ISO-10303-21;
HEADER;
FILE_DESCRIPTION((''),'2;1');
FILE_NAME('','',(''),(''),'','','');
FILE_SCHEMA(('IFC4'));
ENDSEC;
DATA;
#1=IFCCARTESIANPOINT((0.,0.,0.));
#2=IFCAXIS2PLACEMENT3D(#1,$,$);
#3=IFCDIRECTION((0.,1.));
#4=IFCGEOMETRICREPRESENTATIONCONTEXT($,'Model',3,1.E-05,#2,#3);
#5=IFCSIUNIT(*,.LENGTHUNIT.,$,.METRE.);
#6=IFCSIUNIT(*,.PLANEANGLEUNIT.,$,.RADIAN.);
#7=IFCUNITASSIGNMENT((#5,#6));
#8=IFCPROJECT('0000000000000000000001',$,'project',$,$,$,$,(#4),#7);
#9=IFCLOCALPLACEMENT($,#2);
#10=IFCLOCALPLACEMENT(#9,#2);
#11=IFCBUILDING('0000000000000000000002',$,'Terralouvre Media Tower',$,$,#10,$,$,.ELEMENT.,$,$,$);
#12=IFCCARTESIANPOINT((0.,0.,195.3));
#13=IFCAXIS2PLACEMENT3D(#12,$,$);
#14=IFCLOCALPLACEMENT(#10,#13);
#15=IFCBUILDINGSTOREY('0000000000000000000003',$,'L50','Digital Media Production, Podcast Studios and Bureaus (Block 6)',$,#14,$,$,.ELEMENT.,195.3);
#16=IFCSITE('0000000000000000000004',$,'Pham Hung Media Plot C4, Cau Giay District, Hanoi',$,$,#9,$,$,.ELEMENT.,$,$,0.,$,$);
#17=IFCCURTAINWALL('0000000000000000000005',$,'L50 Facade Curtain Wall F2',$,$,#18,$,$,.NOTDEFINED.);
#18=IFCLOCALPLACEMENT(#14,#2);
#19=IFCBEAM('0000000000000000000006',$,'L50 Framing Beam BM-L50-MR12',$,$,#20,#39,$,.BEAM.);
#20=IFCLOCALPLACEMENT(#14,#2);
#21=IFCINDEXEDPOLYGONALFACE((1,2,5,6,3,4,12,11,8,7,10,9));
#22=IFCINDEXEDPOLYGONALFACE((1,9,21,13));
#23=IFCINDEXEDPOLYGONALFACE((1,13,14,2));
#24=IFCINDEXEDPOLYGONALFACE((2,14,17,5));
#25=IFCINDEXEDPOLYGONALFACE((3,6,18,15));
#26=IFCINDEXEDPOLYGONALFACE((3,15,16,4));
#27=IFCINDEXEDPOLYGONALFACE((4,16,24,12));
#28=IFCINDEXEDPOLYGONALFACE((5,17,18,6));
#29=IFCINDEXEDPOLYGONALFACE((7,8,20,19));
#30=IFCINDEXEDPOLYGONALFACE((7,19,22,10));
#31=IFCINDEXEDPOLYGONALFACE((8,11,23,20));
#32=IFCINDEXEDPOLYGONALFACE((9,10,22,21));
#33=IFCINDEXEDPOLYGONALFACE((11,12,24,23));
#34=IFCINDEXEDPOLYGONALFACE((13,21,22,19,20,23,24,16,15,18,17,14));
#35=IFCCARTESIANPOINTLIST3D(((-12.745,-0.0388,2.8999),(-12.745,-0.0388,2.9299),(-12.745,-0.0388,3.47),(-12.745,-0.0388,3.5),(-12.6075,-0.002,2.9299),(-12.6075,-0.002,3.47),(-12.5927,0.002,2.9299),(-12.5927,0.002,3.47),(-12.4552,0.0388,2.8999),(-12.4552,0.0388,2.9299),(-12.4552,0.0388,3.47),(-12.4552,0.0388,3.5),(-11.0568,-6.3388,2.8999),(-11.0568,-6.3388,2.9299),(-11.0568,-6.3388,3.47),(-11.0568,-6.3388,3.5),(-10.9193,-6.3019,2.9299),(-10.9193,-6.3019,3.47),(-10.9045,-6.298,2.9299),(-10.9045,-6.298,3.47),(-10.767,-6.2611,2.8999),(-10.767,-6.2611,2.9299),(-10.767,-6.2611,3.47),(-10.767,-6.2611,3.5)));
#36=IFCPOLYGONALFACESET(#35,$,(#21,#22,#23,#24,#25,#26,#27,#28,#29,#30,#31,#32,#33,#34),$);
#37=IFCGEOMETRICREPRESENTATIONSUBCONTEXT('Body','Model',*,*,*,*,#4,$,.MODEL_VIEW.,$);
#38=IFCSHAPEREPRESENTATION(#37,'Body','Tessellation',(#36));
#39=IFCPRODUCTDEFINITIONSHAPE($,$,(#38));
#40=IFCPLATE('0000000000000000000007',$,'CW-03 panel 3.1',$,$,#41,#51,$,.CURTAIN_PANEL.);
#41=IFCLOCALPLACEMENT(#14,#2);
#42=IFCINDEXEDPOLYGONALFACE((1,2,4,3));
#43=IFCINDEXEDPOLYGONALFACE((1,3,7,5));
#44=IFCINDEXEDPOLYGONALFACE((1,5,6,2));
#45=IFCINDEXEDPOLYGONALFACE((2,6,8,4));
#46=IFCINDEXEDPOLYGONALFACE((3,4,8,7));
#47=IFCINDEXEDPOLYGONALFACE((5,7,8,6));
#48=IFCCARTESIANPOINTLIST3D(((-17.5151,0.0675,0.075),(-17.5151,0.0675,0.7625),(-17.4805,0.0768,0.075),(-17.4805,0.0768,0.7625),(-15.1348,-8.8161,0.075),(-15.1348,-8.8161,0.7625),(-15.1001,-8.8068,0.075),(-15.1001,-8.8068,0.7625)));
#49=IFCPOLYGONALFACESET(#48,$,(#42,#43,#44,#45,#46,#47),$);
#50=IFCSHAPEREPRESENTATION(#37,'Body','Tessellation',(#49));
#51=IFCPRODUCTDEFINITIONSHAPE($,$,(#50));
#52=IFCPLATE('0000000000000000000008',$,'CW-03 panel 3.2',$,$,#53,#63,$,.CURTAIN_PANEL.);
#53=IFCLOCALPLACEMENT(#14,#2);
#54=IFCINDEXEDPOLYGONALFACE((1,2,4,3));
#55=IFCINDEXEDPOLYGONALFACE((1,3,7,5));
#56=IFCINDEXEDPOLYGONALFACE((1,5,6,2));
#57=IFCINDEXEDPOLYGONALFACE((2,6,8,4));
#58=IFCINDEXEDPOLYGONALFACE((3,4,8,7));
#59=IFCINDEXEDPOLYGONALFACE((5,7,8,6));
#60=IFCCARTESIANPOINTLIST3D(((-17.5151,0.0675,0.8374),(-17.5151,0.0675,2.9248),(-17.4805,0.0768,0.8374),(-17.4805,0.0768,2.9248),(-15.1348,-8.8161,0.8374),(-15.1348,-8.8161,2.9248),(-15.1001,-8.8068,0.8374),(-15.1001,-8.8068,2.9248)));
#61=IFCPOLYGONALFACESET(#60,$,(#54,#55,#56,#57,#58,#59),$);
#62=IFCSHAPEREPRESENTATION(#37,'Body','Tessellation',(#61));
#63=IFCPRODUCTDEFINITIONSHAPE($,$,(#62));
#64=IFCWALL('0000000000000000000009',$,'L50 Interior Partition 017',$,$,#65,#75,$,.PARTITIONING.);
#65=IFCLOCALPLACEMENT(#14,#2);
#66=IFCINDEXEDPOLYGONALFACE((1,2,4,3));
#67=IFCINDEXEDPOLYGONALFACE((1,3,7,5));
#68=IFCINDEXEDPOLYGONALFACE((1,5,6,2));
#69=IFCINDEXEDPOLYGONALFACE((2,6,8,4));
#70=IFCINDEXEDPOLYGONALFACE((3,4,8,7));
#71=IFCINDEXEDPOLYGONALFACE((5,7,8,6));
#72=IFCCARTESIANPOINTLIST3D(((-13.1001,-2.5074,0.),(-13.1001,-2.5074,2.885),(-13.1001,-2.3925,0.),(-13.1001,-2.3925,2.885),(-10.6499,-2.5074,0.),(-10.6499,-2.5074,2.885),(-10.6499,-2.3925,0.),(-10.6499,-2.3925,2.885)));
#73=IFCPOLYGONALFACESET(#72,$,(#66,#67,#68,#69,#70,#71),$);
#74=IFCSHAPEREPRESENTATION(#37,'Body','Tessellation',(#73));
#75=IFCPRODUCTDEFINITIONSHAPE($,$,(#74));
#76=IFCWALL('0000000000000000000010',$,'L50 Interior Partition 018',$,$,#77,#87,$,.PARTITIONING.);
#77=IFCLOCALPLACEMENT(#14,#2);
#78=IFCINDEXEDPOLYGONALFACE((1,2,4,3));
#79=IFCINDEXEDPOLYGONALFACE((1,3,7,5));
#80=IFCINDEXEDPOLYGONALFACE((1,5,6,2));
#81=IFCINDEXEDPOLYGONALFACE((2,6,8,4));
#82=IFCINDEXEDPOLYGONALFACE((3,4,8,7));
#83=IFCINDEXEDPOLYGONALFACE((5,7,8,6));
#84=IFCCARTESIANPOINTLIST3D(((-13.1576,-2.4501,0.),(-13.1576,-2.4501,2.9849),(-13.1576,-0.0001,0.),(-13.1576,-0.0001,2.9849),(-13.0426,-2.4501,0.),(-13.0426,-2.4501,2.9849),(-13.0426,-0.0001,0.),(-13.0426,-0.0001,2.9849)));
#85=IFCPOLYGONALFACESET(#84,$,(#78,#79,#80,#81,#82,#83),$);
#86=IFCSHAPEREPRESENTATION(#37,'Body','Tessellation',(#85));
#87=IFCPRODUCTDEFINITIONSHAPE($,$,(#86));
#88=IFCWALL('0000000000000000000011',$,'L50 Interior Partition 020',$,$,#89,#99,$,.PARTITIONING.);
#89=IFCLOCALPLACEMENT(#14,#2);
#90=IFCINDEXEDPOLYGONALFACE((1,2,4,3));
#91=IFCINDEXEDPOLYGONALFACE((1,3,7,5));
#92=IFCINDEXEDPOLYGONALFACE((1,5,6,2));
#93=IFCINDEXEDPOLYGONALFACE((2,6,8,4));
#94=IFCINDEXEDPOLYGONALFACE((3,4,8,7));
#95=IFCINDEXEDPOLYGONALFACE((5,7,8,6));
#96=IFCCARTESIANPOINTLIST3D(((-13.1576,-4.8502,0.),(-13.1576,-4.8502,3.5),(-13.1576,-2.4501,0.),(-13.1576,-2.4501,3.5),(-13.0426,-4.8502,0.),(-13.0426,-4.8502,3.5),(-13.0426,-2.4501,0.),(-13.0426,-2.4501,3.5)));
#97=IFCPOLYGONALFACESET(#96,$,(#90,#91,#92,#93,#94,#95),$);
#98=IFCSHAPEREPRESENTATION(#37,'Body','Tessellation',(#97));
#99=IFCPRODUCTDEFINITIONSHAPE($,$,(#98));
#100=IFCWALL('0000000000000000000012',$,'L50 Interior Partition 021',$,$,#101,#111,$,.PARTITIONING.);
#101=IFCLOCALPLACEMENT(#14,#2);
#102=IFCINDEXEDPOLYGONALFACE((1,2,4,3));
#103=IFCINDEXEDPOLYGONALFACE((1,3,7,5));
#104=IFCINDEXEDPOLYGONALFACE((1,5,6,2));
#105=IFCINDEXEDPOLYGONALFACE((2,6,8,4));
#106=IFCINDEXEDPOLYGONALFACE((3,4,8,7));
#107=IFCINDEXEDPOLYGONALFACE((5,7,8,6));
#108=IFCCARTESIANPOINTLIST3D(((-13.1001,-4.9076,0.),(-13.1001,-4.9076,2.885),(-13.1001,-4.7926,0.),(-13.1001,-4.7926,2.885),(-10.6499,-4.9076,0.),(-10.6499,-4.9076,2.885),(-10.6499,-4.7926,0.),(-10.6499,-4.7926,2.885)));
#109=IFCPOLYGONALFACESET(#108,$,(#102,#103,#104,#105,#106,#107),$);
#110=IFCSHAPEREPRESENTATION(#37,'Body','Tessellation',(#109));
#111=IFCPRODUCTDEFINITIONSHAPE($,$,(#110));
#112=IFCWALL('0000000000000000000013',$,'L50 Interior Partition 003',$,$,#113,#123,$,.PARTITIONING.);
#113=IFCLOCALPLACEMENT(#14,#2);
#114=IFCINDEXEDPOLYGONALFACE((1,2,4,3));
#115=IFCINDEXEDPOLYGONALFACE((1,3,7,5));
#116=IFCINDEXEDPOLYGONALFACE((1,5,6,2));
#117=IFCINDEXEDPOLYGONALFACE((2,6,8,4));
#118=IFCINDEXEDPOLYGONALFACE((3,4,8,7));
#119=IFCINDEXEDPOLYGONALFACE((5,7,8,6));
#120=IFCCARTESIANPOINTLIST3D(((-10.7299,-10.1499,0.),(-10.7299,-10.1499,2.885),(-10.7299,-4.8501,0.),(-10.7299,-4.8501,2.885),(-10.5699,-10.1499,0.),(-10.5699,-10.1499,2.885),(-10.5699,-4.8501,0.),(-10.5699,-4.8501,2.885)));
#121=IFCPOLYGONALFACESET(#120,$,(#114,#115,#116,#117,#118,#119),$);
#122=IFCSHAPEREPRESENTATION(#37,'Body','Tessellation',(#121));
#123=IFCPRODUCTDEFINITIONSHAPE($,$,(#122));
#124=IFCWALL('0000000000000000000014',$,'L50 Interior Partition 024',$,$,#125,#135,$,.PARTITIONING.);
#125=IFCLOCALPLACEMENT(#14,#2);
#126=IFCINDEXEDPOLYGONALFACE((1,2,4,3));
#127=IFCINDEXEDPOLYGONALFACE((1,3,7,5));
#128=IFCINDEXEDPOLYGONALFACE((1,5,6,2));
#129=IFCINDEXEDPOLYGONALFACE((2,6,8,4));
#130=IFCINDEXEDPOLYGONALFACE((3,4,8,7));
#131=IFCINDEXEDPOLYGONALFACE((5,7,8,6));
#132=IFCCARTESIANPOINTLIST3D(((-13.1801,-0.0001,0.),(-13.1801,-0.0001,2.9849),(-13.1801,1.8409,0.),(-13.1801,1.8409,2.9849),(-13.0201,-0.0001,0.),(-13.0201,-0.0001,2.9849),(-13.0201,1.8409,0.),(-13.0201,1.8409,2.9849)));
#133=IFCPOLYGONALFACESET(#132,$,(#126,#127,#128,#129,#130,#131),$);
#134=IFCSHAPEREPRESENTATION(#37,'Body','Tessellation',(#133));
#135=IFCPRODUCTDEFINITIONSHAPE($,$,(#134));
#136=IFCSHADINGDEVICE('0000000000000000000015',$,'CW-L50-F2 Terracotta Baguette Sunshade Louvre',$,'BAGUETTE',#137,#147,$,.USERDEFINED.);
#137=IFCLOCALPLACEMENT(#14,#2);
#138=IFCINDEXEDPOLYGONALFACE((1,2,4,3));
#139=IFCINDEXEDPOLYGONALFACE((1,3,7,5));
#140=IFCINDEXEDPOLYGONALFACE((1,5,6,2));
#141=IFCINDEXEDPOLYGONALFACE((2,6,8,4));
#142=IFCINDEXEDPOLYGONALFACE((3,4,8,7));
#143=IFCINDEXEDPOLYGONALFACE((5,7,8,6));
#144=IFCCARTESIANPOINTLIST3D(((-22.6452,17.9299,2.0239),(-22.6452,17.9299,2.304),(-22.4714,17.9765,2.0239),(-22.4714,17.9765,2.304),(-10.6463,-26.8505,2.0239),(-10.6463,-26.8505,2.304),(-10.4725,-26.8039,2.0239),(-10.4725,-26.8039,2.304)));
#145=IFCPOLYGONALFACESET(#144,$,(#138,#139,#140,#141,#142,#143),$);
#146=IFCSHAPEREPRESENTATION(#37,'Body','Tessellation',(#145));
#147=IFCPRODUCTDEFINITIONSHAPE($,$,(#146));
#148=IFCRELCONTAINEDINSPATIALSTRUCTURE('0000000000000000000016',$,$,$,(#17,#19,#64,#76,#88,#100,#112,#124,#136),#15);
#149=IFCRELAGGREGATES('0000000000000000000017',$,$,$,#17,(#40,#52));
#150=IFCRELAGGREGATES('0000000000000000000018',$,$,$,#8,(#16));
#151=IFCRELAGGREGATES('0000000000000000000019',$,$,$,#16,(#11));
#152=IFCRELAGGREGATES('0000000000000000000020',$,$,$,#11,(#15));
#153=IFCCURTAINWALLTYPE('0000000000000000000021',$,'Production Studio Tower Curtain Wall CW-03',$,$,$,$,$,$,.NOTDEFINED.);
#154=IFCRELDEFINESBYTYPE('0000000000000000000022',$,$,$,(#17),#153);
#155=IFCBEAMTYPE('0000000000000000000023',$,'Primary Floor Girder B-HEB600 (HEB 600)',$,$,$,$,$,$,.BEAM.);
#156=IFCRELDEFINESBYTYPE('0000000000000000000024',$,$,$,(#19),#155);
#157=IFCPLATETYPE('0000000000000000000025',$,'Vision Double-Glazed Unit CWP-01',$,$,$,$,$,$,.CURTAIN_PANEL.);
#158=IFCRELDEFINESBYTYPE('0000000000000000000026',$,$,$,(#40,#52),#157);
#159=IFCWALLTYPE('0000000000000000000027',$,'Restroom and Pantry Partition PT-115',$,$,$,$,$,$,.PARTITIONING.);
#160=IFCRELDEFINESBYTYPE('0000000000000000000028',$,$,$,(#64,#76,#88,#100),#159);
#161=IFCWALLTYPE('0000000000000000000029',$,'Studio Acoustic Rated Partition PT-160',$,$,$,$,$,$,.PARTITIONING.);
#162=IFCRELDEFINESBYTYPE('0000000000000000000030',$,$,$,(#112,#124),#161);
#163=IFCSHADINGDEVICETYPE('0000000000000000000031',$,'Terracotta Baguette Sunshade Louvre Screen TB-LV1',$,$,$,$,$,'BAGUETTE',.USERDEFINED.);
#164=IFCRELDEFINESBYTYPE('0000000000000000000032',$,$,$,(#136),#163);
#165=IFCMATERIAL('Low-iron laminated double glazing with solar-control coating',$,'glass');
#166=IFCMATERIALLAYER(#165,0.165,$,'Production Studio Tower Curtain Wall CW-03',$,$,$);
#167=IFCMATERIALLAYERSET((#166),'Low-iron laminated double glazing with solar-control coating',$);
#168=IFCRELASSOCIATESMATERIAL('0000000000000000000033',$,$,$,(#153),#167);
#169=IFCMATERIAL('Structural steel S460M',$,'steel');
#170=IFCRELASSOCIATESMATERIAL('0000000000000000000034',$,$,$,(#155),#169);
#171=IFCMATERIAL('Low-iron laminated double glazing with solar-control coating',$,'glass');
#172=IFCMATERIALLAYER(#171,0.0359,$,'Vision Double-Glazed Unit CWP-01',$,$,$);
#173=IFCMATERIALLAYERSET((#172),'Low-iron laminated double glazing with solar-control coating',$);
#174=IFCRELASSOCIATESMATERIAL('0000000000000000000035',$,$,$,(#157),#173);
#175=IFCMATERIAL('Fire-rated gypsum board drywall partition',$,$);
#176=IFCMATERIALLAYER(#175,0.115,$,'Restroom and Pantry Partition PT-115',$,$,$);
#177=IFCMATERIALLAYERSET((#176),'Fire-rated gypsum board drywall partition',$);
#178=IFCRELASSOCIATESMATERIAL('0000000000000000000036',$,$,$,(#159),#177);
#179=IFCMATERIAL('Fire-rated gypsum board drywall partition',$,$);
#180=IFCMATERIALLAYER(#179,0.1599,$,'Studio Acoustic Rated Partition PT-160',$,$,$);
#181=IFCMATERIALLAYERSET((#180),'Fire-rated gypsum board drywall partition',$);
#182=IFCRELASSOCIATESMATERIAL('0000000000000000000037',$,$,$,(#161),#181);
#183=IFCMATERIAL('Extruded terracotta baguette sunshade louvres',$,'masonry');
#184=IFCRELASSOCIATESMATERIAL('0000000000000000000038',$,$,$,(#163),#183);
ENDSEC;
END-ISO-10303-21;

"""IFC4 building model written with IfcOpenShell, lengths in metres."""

from ifc_helpers import new_model, si_unit, direction, frame, frame_2d, origin, origin_2d, place, context, subcontext, project, spatial, rectangle, i_section, extrude, material, layer, layer_set, material_profile, profile_set, type_object, element, aggregate, save


model = new_model("IFC4")

# Units and contexts
model_context = context("Model", 3, precision=1e-05, world=origin(), true_north=direction((0.0, 1.0)))
body_context = subcontext(model_context, "Body", "Model", "MODEL_VIEW")
ifc_project = project(units=[si_unit("LENGTHUNIT", "METRE"), si_unit("PLANEANGLEUNIT", "RADIAN")], contexts=[model_context])

# Site, building, storey
site_placement = place(None, origin())
site = spatial("IfcSite", under=ifc_project, at=site_placement, Name="Pham Hung Media Plot C4, Cau Giay District, Hanoi", CompositionType="ELEMENT", RefElevation=0.0)
building_placement = place(site_placement, origin())
building = spatial("IfcBuilding", under=site, at=building_placement, Name="Terralouvre Media Tower", CompositionType="ELEMENT")
storey_placement = place(building_placement, frame((0.0, 0.0, 195.3)))
storey = spatial("IfcBuildingStorey", under=building, at=storey_placement, Name="L50", Description="Digital Media Production, Podcast Studios and Bureaus (Block 6)", CompositionType="ELEMENT", Elevation=195.3)

# Curtain wall
ifc_material_1 = material(Name="Low-iron laminated double glazing with solar-control coating", Category="glass")
ifc_layer_1 = layer(ifc_material_1, 0.165, Name="Production Studio Tower Curtain Wall CW-03")
ifc_layer_set_1 = layer_set([ifc_layer_1], Name="Low-iron laminated double glazing with solar-control coating")
curtain_wall_type = type_object("IfcCurtainWallType", Name="Production Studio Tower Curtain Wall CW-03", PredefinedType="NOTDEFINED", material=ifc_layer_set_1)
curtain_wall_placement = place(storey_placement, origin())
curtain_wall = element("IfcCurtainWall", 1, at=curtain_wall_placement, inside=storey, type_object=curtain_wall_type, Name="L50 Facade Curtain Wall F2", PredefinedType="NOTDEFINED")

# Beam
ifc_material_2 = material(Name="Structural steel S460M", Category="steel")
ifc_material_profile_1 = material_profile(ifc_material_2, i_section(OverallWidth=0.3, OverallDepth=0.6001, WebThickness=0.0154, FlangeThickness=0.03, at=origin_2d()), Name="HEB 600")
ifc_profile_set_1 = profile_set([ifc_material_profile_1], Name="Structural steel S460M")
beam_type_1 = type_object("IfcBeamType", Name="Primary Floor Girder B-HEB600 (HEB 600)", PredefinedType="BEAM", material=ifc_profile_set_1)
beam_1_placement = place(storey_placement, frame((-12.6001, 0.0, 3.2), z_axis=(0.258839, -0.96592, 0.0), x_axis=(0.96592, 0.258839, 0.0)))
element("IfcBeam", 2, at=beam_1_placement, inside=storey, type_object=beam_type_1, Name="L50 Framing Beam BM-L50-MR12", PredefinedType="BEAM", context=body_context, shape_type="SweptSolid", body=[
    extrude(i_section(OverallWidth=0.3, OverallDepth=0.6001, WebThickness=0.0154, FlangeThickness=0.03, at=origin_2d()), origin(), (0.0, 0.0, 1.0), 6.5222),
])

# Plates
ifc_material_3 = material(Name="Low-iron laminated double glazing with solar-control coating", Category="glass")
ifc_layer_2 = layer(ifc_material_3, 0.0359, Name="Vision Double-Glazed Unit CWP-01")
ifc_layer_set_2 = layer_set([ifc_layer_2], Name="Low-iron laminated double glazing with solar-control coating")
plate_type = type_object("IfcPlateType", Name="Vision Double-Glazed Unit CWP-01", PredefinedType="CURTAIN_PANEL", material=ifc_layer_set_2)
plate_1_placement = place(storey_placement, frame((-16.3076, -4.3696, 0.075), z_axis=(0.0, 0.0, 1.0), x_axis=(0.258819, -0.965926, 0.0)))
plate_1 = element("IfcPlate", 3, at=plate_1_placement, type_object=plate_type, Name="CW-03 panel 3.1", PredefinedType="CURTAIN_PANEL", context=body_context, shape_type="SweptSolid", body=[
    extrude(rectangle(XDim=9.197, YDim=0.0359, at=origin_2d()), origin(), (0.0, 0.0, 1.0), 0.6875),
])
plate_2_placement = place(storey_placement, frame((-16.3076, -4.3696, 0.8374), z_axis=(0.0, 0.0, 1.0), x_axis=(0.258819, -0.965926, 0.0)))
plate_2 = element("IfcPlate", 4, at=plate_2_placement, type_object=plate_type, Name="CW-03 panel 3.2", PredefinedType="CURTAIN_PANEL", context=body_context, shape_type="SweptSolid", body=[
    extrude(rectangle(XDim=9.197, YDim=0.0359, at=origin_2d()), origin(), (0.0, 0.0, 1.0), 2.0874),
])
aggregate(curtain_wall, [plate_1, plate_2])

# Walls
ifc_material_4 = material(Name="Fire-rated gypsum board drywall partition")
ifc_layer_3 = layer(ifc_material_4, 0.115, Name="Restroom and Pantry Partition PT-115")
ifc_layer_set_3 = layer_set([ifc_layer_3], Name="Fire-rated gypsum board drywall partition")
wall_type_1 = type_object("IfcWallType", Name="Restroom and Pantry Partition PT-115", PredefinedType="PARTITIONING", material=ifc_layer_set_3)
wall_1_placement = place(storey_placement, frame((-13.1001, -2.45, 0.0), z_axis=(0.0, 0.0, 1.0), x_axis=(1.0, 0.0, 0.0)))
element("IfcWall", 5, at=wall_1_placement, inside=storey, type_object=wall_type_1, Name="L50 Interior Partition 017", PredefinedType="PARTITIONING", context=body_context, shape_type="SweptSolid", body=[
    extrude(rectangle(XDim=2.4502, YDim=0.115, at=frame_2d((1.2251, 0.0))), origin(), (0.0, 0.0, 1.0), 2.885),
])
wall_2_placement = place(storey_placement, frame((-13.1001, 0.0, 0.0), z_axis=(0.0, 0.0, 1.0), x_axis=(0.0, -1.0, 0.0)))
element("IfcWall", 6, at=wall_2_placement, inside=storey, type_object=wall_type_1, Name="L50 Interior Partition 018", PredefinedType="PARTITIONING", context=body_context, shape_type="SweptSolid", body=[
    extrude(rectangle(XDim=2.45, YDim=0.115, at=frame_2d((1.2251, 0.0))), origin(), (0.0, 0.0, 1.0), 2.9849),
])
wall_3_placement = place(storey_placement, frame((-13.1001, -2.45, 0.0), z_axis=(0.0, 0.0, 1.0), x_axis=(0.0, -1.0, 0.0)))
element("IfcWall", 7, at=wall_3_placement, inside=storey, type_object=wall_type_1, Name="L50 Interior Partition 020", PredefinedType="PARTITIONING", context=body_context, shape_type="SweptSolid", body=[
    extrude(rectangle(XDim=2.4001, YDim=0.115, at=frame_2d((1.2002, 0.0))), origin(), (0.0, 0.0, 1.0), 3.5),
])
wall_4_placement = place(storey_placement, frame((-13.1001, -4.8501, 0.0), z_axis=(0.0, 0.0, 1.0), x_axis=(1.0, 0.0, 0.0)))
element("IfcWall", 8, at=wall_4_placement, inside=storey, type_object=wall_type_1, Name="L50 Interior Partition 021", PredefinedType="PARTITIONING", context=body_context, shape_type="SweptSolid", body=[
    extrude(rectangle(XDim=2.4502, YDim=0.115, at=frame_2d((1.2251, 0.0))), origin(), (0.0, 0.0, 1.0), 2.885),
])
ifc_material_5 = material(Name="Fire-rated gypsum board drywall partition")
ifc_layer_4 = layer(ifc_material_5, 0.1599, Name="Studio Acoustic Rated Partition PT-160")
ifc_layer_set_4 = layer_set([ifc_layer_4], Name="Fire-rated gypsum board drywall partition")
wall_type_2 = type_object("IfcWallType", Name="Studio Acoustic Rated Partition PT-160", PredefinedType="PARTITIONING", material=ifc_layer_set_4)
wall_5_placement = place(storey_placement, frame((-10.6499, -4.8501, 0.0), z_axis=(0.0, 0.0, 1.0), x_axis=(0.0, -1.0, 0.0)))
element("IfcWall", 9, at=wall_5_placement, inside=storey, type_object=wall_type_2, Name="L50 Interior Partition 003", PredefinedType="PARTITIONING", context=body_context, shape_type="SweptSolid", body=[
    extrude(rectangle(XDim=5.2998, YDim=0.1599, at=frame_2d((2.6499, 0.0))), origin(), (0.0, 0.0, 1.0), 2.885),
])
wall_6_placement = place(storey_placement, frame((-13.1001, 0.0, 0.0), z_axis=(0.0, 0.0, 1.0), x_axis=(0.0, 1.0, 0.0)))
element("IfcWall", 10, at=wall_6_placement, inside=storey, type_object=wall_type_2, Name="L50 Interior Partition 024", PredefinedType="PARTITIONING", context=body_context, shape_type="SweptSolid", body=[
    extrude(rectangle(XDim=1.8411, YDim=0.1599, at=frame_2d((0.9204, 0.0))), origin(), (0.0, 0.0, 1.0), 2.9849),
])

# Shading device
ifc_material_6 = material(Name="Extruded terracotta baguette sunshade louvres", Category="masonry")
shading_device_type = type_object("IfcShadingDeviceType", Name="Terracotta Baguette Sunshade Louvre Screen TB-LV1", ElementType="BAGUETTE", PredefinedType="USERDEFINED", material=ifc_material_6)
shading_device_placement = place(storey_placement, frame((-16.5588, -4.437, 2.0239), z_axis=(0.0, 0.0, 1.0), x_axis=(0.258819, -0.965926, 0.0)))
element("IfcShadingDevice", 11, at=shading_device_placement, inside=storey, type_object=shading_device_type, Name="CW-L50-F2 Terracotta Baguette Sunshade Louvre", ObjectType="BAGUETTE", PredefinedType="USERDEFINED", context=body_context, shape_type="SweptSolid", body=[
    extrude(rectangle(XDim=46.3601, YDim=0.1799, at=origin_2d()), origin(), (0.0, 0.0, 1.0), 0.28),
])

save(model, "model.ifc")
